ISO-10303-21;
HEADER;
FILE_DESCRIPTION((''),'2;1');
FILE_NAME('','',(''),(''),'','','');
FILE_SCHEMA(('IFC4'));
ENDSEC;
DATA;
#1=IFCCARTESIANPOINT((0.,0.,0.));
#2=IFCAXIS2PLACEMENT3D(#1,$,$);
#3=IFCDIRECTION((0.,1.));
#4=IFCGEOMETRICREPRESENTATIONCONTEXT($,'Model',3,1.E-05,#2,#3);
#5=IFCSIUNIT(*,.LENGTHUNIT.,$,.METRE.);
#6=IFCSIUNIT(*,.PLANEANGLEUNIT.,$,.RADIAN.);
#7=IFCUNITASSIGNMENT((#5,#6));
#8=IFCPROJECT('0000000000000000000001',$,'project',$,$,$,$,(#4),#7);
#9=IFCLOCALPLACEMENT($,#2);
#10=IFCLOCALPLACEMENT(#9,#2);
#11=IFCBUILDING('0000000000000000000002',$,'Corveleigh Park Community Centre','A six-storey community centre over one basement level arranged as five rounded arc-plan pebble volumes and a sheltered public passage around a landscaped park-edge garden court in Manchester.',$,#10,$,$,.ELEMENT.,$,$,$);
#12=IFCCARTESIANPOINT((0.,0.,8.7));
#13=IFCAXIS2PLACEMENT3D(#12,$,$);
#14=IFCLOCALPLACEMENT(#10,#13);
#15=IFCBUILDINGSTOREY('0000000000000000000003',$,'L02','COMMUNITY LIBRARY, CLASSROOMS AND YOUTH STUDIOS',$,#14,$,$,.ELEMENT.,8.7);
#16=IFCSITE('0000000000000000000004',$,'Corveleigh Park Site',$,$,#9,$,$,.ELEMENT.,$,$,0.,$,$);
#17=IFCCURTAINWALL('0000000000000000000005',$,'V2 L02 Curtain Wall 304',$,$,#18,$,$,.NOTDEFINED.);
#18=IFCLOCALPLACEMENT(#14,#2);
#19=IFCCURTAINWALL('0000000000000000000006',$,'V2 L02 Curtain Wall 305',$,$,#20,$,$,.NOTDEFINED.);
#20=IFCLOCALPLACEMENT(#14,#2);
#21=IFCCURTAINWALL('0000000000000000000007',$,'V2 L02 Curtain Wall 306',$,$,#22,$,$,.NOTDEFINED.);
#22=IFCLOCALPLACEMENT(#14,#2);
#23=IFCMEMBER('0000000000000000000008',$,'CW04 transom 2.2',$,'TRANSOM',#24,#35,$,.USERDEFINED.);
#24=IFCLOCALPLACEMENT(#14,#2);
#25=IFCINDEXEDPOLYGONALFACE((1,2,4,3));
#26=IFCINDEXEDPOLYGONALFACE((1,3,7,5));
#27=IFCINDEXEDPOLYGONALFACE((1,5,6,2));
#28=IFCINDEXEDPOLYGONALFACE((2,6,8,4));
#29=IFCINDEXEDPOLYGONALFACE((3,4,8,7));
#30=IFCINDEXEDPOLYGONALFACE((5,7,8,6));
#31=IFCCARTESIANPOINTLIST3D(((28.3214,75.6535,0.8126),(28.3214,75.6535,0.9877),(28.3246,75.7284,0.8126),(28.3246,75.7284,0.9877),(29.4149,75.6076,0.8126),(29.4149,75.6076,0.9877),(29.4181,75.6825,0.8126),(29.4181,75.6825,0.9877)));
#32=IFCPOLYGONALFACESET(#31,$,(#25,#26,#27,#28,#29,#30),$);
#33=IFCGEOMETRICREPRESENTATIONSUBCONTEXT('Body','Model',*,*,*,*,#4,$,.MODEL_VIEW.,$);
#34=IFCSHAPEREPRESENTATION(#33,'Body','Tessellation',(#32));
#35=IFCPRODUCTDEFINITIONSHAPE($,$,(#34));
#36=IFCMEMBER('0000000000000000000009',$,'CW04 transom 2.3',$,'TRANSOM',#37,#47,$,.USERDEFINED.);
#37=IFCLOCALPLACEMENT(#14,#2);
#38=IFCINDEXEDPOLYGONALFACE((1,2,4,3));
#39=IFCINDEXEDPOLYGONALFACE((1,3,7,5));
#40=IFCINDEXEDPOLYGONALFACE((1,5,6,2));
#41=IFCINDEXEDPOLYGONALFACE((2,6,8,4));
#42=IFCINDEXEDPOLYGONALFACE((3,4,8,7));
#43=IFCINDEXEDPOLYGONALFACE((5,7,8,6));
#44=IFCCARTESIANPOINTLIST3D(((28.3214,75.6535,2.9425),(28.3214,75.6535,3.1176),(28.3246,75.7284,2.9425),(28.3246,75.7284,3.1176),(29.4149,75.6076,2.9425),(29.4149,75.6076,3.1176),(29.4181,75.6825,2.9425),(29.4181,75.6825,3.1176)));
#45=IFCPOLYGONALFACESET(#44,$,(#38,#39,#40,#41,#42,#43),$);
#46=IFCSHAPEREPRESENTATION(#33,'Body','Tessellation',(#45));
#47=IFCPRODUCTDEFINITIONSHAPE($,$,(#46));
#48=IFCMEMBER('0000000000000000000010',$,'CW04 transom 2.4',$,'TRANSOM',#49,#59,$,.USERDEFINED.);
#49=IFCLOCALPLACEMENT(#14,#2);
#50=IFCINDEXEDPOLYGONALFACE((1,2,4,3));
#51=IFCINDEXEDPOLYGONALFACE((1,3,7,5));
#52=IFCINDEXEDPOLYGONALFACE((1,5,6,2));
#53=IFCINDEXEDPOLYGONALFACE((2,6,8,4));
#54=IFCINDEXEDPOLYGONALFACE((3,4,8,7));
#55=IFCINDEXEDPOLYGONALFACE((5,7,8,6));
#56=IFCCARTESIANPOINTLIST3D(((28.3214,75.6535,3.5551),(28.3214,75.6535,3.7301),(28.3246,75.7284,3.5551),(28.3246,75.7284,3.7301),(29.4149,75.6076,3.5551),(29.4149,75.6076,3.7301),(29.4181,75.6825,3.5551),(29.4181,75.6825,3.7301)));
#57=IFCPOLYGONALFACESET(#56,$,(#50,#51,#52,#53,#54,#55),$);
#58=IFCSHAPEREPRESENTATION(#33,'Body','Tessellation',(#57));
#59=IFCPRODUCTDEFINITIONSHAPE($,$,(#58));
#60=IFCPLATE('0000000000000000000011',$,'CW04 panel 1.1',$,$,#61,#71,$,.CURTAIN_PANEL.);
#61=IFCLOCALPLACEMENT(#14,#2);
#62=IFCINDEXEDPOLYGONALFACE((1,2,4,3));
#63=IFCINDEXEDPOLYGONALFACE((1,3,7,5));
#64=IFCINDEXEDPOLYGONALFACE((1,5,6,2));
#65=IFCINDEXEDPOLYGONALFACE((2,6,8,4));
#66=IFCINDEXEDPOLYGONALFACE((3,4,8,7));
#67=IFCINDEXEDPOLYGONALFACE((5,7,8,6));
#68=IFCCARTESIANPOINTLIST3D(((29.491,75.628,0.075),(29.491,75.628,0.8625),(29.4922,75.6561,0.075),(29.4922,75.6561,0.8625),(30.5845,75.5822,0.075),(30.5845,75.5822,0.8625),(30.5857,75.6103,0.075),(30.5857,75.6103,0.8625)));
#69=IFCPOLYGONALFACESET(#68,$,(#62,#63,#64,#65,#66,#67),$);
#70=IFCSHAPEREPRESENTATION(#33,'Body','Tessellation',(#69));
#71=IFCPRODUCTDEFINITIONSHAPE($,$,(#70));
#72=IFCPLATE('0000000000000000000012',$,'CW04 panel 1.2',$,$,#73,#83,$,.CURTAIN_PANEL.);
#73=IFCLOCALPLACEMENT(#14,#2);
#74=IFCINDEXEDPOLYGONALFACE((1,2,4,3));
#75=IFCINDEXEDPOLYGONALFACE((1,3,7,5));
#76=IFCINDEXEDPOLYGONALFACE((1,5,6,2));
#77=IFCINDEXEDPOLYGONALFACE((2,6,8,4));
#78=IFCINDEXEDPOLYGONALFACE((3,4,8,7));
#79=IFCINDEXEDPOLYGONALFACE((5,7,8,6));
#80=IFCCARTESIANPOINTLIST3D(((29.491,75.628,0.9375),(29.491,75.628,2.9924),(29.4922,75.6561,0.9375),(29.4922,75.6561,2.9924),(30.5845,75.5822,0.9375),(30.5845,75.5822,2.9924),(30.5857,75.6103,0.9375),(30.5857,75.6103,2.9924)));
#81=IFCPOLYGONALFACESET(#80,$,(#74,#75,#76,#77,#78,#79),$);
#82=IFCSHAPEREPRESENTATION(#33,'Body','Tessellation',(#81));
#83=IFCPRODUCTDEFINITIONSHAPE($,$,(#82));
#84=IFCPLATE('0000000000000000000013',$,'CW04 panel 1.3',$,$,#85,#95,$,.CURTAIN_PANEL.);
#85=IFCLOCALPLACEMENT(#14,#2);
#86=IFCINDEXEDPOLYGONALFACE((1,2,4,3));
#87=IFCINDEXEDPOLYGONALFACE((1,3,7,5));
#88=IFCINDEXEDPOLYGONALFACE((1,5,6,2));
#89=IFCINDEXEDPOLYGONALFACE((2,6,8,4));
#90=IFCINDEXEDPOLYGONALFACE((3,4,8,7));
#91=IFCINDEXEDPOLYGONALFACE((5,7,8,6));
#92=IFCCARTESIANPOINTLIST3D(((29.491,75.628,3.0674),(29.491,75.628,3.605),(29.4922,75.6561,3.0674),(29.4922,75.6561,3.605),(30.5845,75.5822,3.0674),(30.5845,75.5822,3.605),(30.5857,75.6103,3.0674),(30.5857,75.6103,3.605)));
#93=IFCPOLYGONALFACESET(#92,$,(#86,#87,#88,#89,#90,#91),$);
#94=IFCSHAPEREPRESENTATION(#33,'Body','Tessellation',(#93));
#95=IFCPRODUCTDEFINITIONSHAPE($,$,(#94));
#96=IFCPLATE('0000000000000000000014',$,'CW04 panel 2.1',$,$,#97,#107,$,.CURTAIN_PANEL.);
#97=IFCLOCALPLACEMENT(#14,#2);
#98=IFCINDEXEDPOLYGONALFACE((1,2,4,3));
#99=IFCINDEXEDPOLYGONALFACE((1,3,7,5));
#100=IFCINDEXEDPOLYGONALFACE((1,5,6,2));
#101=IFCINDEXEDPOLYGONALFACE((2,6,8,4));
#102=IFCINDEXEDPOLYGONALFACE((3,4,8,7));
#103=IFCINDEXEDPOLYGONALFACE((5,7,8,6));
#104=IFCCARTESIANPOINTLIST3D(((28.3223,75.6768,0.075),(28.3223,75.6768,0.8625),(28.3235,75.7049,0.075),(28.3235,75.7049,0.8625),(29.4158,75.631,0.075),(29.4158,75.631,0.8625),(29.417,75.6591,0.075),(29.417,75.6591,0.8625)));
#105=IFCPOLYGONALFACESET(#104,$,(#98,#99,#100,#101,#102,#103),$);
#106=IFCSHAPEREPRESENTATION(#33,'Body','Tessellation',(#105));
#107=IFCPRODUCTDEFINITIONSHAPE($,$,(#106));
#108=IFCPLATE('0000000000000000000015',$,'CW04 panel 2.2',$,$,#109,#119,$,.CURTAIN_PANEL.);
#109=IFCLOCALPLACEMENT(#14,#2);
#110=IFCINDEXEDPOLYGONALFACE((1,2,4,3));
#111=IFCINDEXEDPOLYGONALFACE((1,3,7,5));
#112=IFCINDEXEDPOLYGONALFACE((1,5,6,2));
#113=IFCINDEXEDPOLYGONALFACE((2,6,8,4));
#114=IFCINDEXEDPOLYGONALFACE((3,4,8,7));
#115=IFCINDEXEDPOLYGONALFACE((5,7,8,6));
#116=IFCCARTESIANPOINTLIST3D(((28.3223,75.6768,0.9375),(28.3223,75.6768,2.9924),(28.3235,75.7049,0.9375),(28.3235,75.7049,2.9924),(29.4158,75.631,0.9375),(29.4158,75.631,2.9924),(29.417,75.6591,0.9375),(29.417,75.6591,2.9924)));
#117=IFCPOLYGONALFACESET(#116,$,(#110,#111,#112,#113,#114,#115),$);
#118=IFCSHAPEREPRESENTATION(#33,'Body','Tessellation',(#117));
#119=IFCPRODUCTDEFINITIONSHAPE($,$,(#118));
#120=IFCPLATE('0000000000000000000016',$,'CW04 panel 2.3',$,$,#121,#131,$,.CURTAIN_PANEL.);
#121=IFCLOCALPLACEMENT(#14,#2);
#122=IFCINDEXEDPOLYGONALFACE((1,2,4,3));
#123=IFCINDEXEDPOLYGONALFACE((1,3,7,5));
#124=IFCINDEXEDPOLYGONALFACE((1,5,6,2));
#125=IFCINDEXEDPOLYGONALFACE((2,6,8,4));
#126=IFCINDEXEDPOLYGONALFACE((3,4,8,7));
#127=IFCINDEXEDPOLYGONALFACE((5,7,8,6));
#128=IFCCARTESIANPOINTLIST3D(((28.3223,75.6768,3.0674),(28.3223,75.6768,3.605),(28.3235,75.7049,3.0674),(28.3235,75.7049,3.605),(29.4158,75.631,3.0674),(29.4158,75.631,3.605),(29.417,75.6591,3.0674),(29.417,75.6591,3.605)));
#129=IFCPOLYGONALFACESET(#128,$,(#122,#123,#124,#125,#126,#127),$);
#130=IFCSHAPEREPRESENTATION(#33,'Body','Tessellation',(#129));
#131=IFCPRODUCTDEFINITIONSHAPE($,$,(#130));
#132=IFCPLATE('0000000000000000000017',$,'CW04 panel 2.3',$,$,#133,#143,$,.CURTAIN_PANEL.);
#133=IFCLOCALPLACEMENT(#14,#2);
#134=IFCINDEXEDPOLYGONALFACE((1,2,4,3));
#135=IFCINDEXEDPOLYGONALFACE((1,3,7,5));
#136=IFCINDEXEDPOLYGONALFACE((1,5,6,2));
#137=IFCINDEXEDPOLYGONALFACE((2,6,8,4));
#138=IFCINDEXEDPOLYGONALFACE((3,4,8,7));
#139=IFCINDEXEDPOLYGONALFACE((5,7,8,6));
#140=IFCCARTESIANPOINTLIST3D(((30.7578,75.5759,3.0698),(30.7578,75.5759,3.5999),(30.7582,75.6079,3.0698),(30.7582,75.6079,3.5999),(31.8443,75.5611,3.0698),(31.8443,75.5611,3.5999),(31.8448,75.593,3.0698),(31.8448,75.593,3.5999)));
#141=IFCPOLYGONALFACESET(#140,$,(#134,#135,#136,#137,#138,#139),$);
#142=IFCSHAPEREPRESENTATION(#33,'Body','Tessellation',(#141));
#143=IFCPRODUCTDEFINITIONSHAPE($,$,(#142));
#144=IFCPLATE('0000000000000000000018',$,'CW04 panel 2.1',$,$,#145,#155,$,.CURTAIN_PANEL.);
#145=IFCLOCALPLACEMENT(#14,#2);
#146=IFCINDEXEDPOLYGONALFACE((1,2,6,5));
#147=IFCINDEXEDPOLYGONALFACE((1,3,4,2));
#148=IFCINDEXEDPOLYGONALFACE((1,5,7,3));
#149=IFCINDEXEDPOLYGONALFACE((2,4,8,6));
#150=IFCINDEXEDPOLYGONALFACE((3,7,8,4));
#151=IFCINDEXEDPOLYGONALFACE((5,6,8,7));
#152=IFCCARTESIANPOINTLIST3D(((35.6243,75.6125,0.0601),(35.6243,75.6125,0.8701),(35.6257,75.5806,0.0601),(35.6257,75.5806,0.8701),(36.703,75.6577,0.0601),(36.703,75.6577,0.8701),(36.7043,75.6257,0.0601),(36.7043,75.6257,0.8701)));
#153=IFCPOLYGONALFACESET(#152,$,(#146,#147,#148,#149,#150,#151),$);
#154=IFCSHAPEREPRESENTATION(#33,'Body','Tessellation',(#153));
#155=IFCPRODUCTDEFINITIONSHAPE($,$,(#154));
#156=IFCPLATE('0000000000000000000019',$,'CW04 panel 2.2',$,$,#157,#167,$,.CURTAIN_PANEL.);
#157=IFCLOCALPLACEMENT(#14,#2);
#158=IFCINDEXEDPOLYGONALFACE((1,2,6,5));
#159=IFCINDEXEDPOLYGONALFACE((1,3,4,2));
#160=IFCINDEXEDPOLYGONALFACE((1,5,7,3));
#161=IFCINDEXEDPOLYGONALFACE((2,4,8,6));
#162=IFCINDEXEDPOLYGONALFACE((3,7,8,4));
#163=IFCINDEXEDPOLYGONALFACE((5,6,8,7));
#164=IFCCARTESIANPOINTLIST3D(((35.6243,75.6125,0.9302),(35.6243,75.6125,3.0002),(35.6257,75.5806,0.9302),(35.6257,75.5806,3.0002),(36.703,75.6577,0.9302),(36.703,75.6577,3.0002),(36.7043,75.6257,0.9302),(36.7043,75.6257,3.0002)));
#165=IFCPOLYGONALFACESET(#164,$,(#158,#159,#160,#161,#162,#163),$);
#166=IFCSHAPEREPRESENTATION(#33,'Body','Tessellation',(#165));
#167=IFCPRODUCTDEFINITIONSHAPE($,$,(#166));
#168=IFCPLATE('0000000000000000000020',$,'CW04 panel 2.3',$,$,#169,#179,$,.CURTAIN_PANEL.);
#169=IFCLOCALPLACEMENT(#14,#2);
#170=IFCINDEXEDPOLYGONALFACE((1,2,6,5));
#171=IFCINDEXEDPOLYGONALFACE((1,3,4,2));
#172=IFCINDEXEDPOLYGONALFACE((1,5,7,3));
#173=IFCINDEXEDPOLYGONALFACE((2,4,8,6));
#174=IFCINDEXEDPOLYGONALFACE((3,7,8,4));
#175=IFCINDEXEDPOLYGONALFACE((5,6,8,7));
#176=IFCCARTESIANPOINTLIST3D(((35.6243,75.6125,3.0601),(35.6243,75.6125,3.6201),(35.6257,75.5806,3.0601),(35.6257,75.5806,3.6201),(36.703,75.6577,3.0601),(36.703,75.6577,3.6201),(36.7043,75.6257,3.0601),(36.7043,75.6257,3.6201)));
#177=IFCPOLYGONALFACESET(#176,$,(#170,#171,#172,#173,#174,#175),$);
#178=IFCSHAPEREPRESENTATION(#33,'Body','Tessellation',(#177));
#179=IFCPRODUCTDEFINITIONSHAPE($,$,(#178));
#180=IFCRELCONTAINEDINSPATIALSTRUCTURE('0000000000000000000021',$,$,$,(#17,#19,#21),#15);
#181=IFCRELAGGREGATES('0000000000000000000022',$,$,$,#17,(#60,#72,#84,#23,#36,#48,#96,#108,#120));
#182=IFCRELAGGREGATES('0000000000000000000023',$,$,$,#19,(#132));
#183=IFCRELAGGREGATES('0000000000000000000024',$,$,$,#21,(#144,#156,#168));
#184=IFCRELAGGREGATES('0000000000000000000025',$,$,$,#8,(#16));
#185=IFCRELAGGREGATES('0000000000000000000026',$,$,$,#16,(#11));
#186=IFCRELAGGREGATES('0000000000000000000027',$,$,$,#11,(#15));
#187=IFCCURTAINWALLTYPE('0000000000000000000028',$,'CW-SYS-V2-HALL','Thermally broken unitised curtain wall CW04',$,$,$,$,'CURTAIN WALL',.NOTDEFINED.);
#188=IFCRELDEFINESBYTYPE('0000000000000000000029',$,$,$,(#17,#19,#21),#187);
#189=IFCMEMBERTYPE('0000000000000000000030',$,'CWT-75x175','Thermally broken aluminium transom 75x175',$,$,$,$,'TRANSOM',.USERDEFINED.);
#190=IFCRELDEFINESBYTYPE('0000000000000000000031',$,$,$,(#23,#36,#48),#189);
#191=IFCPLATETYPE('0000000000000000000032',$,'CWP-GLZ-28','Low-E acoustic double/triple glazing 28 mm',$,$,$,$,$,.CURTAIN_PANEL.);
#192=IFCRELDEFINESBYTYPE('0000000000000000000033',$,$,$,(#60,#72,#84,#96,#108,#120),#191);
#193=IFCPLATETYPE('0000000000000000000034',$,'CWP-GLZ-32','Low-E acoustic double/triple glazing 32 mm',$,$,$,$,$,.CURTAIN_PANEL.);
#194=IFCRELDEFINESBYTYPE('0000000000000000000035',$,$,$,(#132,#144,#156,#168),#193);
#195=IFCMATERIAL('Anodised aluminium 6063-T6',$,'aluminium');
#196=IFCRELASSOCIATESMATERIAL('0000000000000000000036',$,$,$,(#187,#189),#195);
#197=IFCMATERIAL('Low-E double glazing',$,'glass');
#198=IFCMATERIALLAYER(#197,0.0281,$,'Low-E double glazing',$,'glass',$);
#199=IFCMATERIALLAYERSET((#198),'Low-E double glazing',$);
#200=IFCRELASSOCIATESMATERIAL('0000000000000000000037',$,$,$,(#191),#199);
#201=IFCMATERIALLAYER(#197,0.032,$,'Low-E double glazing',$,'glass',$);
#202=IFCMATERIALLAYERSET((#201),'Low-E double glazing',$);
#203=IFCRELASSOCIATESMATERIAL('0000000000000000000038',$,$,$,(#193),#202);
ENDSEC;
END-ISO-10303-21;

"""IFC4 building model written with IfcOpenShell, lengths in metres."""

from ifc_helpers import new_model, si_unit, direction, frame, origin, origin_2d, place, context, subcontext, project, spatial, rectangle, extrude, material, layer, layer_set, material_profile, profile_set, type_object, element, aggregate, save


model = new_model("IFC4")

# Units and contexts
model_context = context("Model", 3, precision=1e-05, world=origin(), true_north=direction((0.0, 1.0)))
body_context = subcontext(model_context, "Body", "Model", "MODEL_VIEW")
ifc_project = project(units=[si_unit("LENGTHUNIT", "METRE"), si_unit("PLANEANGLEUNIT", "RADIAN")], contexts=[model_context])

# Site, building, storey
site_placement = place(None, origin())
site = spatial("IfcSite", under=ifc_project, at=site_placement, Name="Corveleigh Park Site", CompositionType="ELEMENT", RefElevation=0.0)
building_placement = place(site_placement, origin())
building = spatial("IfcBuilding", under=site, at=building_placement, Name="Corveleigh Park Community Centre", Description="A six-storey community centre over one basement level arranged as five rounded arc-plan pebble volumes and a sheltered public passage around a landscaped park-edge garden court in Manchester.", CompositionType="ELEMENT")
storey_placement = place(building_placement, frame((0.0, 0.0, 8.7)))
storey = spatial("IfcBuildingStorey", under=building, at=storey_placement, Name="L02", Description="COMMUNITY LIBRARY, CLASSROOMS AND YOUTH STUDIOS", CompositionType="ELEMENT", Elevation=8.7)

# Curtain wall
ifc_material_1 = material(Name="Anodised aluminium 6063-T6", Category="aluminium")
curtain_wall_type = type_object("IfcCurtainWallType", Name="CW-SYS-V2-HALL", Description="Thermally broken unitised curtain wall CW04", ElementType="CURTAIN WALL", PredefinedType="NOTDEFINED", material=ifc_material_1)
curtain_wall_1_placement = place(storey_placement, origin())
curtain_wall_1 = element("IfcCurtainWall", 1, at=curtain_wall_1_placement, inside=storey, type_object=curtain_wall_type, Name="V2 L02 Curtain Wall 304", PredefinedType="NOTDEFINED")

# Curtain wall
curtain_wall_2_placement = place(storey_placement, origin())
curtain_wall_2 = element("IfcCurtainWall", 2, at=curtain_wall_2_placement, inside=storey, type_object=curtain_wall_type, Name="V2 L02 Curtain Wall 305", PredefinedType="NOTDEFINED")

# Curtain wall
curtain_wall_3_placement = place(storey_placement, origin())
curtain_wall_3 = element("IfcCurtainWall", 3, at=curtain_wall_3_placement, inside=storey, type_object=curtain_wall_type, Name="V2 L02 Curtain Wall 306", PredefinedType="NOTDEFINED")

# Members
ifc_material_profile_1 = material_profile(ifc_material_1, rectangle(XDim=0.075, YDim=0.175, at=origin_2d()), Name="ALU-T75x175", Category="aluminium")
ifc_profile_set_1 = profile_set([ifc_material_profile_1], Name="Anodised aluminium 6063-T6")
member_type_1 = type_object("IfcMemberType", Name="CWT-75x175", Description="Thermally broken aluminium transom 75x175", ElementType="TRANSOM", PredefinedType="USERDEFINED", material=ifc_profile_set_1)
member_1_placement = place(storey_placement, frame((29.4165, 75.645, 0.9001), z_axis=(-0.99912, 0.041937, 0.0), x_axis=(-0.041937, -0.99912, 0.0)))
member_1 = element("IfcMember", 4, at=member_1_placement, type_object=member_type_1, Name="CW04 transom 2.2", ObjectType="TRANSOM", PredefinedType="USERDEFINED", context=body_context, shape_type="SweptSolid", body=[
    extrude(rectangle(XDim=0.075, YDim=0.175, at=origin_2d()), origin(), (0.0, 0.0, 1.0), 1.0945),
])
member_2_placement = place(storey_placement, frame((29.4165, 75.645, 3.03), z_axis=(-0.99912, 0.041937, 0.0), x_axis=(-0.041937, -0.99912, 0.0)))
member_2 = element("IfcMember", 5, at=member_2_placement, type_object=member_type_1, Name="CW04 transom 2.3", ObjectType="TRANSOM", PredefinedType="USERDEFINED", context=body_context, shape_type="SweptSolid", body=[
    extrude(rectangle(XDim=0.075, YDim=0.175, at=origin_2d()), origin(), (0.0, 0.0, 1.0), 1.0945),
])
member_3_placement = place(storey_placement, frame((29.4165, 75.645, 3.6426), z_axis=(-0.99912, 0.041937, 0.0), x_axis=(-0.041937, -0.99912, 0.0)))
member_3 = element("IfcMember", 6, at=member_3_placement, type_object=member_type_1, Name="CW04 transom 2.4", ObjectType="TRANSOM", PredefinedType="USERDEFINED", context=body_context, shape_type="SweptSolid", body=[
    extrude(rectangle(XDim=0.075, YDim=0.175, at=origin_2d()), origin(), (0.0, 0.0, 1.0), 1.0945),
])

# Plates
ifc_material_2 = material(Name="Low-E double glazing", Category="glass")
ifc_layer_1 = layer(ifc_material_2, 0.0281, Name="Low-E double glazing", Category="glass")
ifc_layer_set_1 = layer_set([ifc_layer_1], Name="Low-E double glazing")
plate_type_1 = type_object("IfcPlateType", Name="CWP-GLZ-28", Description="Low-E acoustic double/triple glazing 28 mm", PredefinedType="CURTAIN_PANEL", material=ifc_layer_set_1)
plate_1_placement = place(storey_placement, frame((30.0383, 75.6191, 0.075), z_axis=(0.0, 0.0, 1.0), x_axis=(-0.999124, 0.041837, 0.0)))
plate_1 = element("IfcPlate", 7, at=plate_1_placement, type_object=plate_type_1, Name="CW04 panel 1.1", PredefinedType="CURTAIN_PANEL", context=body_context, shape_type="SweptSolid", body=[
    extrude(rectangle(XDim=1.0945, YDim=0.0281, at=origin_2d()), origin(), (0.0, 0.0, 1.0), 0.7876),
])
plate_2_placement = place(storey_placement, frame((30.0383, 75.6191, 0.9375), z_axis=(0.0, 0.0, 1.0), x_axis=(-0.999124, 0.041837, 0.0)))
plate_2 = element("IfcPlate", 8, at=plate_2_placement, type_object=plate_type_1, Name="CW04 panel 1.2", PredefinedType="CURTAIN_PANEL", context=body_context, shape_type="SweptSolid", body=[
    extrude(rectangle(XDim=1.0945, YDim=0.0281, at=origin_2d()), origin(), (0.0, 0.0, 1.0), 2.0549),
])
plate_3_placement = place(storey_placement, frame((30.0383, 75.6191, 3.0674), z_axis=(0.0, 0.0, 1.0), x_axis=(-0.999124, 0.041837, 0.0)))
plate_3 = element("IfcPlate", 9, at=plate_3_placement, type_object=plate_type_1, Name="CW04 panel 1.3", PredefinedType="CURTAIN_PANEL", context=body_context, shape_type="SweptSolid", body=[
    extrude(rectangle(XDim=1.0945, YDim=0.0281, at=origin_2d()), origin(), (0.0, 0.0, 1.0), 0.5376),
])
plate_4_placement = place(storey_placement, frame((28.8696, 75.668, 0.075), z_axis=(0.0, 0.0, 1.0), x_axis=(-0.999124, 0.041837, 0.0)))
plate_4 = element("IfcPlate", 10, at=plate_4_placement, type_object=plate_type_1, Name="CW04 panel 2.1", PredefinedType="CURTAIN_PANEL", context=body_context, shape_type="SweptSolid", body=[
    extrude(rectangle(XDim=1.0945, YDim=0.0281, at=origin_2d()), origin(), (0.0, 0.0, 1.0), 0.7876),
])
plate_5_placement = place(storey_placement, frame((28.8696, 75.668, 0.9375), z_axis=(0.0, 0.0, 1.0), x_axis=(-0.999124, 0.041837, 0.0)))
plate_5 = element("IfcPlate", 11, at=plate_5_placement, type_object=plate_type_1, Name="CW04 panel 2.2", PredefinedType="CURTAIN_PANEL", context=body_context, shape_type="SweptSolid", body=[
    extrude(rectangle(XDim=1.0945, YDim=0.0281, at=origin_2d()), origin(), (0.0, 0.0, 1.0), 2.0549),
])
plate_6_placement = place(storey_placement, frame((28.8696, 75.668, 3.0674), z_axis=(0.0, 0.0, 1.0), x_axis=(-0.999124, 0.041837, 0.0)))
plate_6 = element("IfcPlate", 12, at=plate_6_placement, type_object=plate_type_1, Name="CW04 panel 2.3", PredefinedType="CURTAIN_PANEL", context=body_context, shape_type="SweptSolid", body=[
    extrude(rectangle(XDim=1.0945, YDim=0.0281, at=origin_2d()), origin(), (0.0, 0.0, 1.0), 0.5376),
])
aggregate(curtain_wall_1, [plate_1, plate_2, plate_3, member_1, member_2, member_3, plate_4, plate_5, plate_6])
ifc_layer_2 = layer(ifc_material_2, 0.032, Name="Low-E double glazing", Category="glass")
ifc_layer_set_2 = layer_set([ifc_layer_2], Name="Low-E double glazing")
plate_type_2 = type_object("IfcPlateType", Name="CWP-GLZ-32", Description="Low-E acoustic double/triple glazing 32 mm", PredefinedType="CURTAIN_PANEL", material=ifc_layer_set_2)
plate_7_placement = place(storey_placement, frame((31.3013, 75.5845, 3.0698), z_axis=(0.0, 0.0, 1.0), x_axis=(-0.999906, 0.013675, 0.0)))
plate_7 = element("IfcPlate", 13, at=plate_7_placement, type_object=plate_type_2, Name="CW04 panel 2.3", PredefinedType="CURTAIN_PANEL", context=body_context, shape_type="SweptSolid", body=[
    extrude(rectangle(XDim=1.0867, YDim=0.032, at=origin_2d()), origin(), (0.0, 0.0, 1.0), 0.53),
])
aggregate(curtain_wall_2, [plate_7])
plate_8_placement = place(storey_placement, frame((36.1643, 75.6191, 0.0601), z_axis=(0.0, 0.0, 1.0), x_axis=(-0.999124, -0.041837, 0.0)))
plate_8 = element("IfcPlate", 14, at=plate_8_placement, type_object=plate_type_2, Name="CW04 panel 2.1", PredefinedType="CURTAIN_PANEL", context=body_context, shape_type="SweptSolid", body=[
    extrude(rectangle(XDim=1.0796, YDim=0.032, at=origin_2d()), origin(), (0.0, 0.0, 1.0), 0.8101),
])
plate_9_placement = place(storey_placement, frame((36.1643, 75.6191, 0.9302), z_axis=(0.0, 0.0, 1.0), x_axis=(-0.999124, -0.041837, 0.0)))
plate_9 = element("IfcPlate", 15, at=plate_9_placement, type_object=plate_type_2, Name="CW04 panel 2.2", PredefinedType="CURTAIN_PANEL", context=body_context, shape_type="SweptSolid", body=[
    extrude(rectangle(XDim=1.0796, YDim=0.032, at=origin_2d()), origin(), (0.0, 0.0, 1.0), 2.0701),
])
plate_10_placement = place(storey_placement, frame((36.1643, 75.6191, 3.0601), z_axis=(0.0, 0.0, 1.0), x_axis=(-0.999124, -0.041837, 0.0)))
plate_10 = element("IfcPlate", 16, at=plate_10_placement, type_object=plate_type_2, Name="CW04 panel 2.3", PredefinedType="CURTAIN_PANEL", context=body_context, shape_type="SweptSolid", body=[
    extrude(rectangle(XDim=1.0796, YDim=0.032, at=origin_2d()), origin(), (0.0, 0.0, 1.0), 0.5601),
])
aggregate(curtain_wall_3, [plate_8, plate_9, plate_10])

save(model, "model.ifc")
